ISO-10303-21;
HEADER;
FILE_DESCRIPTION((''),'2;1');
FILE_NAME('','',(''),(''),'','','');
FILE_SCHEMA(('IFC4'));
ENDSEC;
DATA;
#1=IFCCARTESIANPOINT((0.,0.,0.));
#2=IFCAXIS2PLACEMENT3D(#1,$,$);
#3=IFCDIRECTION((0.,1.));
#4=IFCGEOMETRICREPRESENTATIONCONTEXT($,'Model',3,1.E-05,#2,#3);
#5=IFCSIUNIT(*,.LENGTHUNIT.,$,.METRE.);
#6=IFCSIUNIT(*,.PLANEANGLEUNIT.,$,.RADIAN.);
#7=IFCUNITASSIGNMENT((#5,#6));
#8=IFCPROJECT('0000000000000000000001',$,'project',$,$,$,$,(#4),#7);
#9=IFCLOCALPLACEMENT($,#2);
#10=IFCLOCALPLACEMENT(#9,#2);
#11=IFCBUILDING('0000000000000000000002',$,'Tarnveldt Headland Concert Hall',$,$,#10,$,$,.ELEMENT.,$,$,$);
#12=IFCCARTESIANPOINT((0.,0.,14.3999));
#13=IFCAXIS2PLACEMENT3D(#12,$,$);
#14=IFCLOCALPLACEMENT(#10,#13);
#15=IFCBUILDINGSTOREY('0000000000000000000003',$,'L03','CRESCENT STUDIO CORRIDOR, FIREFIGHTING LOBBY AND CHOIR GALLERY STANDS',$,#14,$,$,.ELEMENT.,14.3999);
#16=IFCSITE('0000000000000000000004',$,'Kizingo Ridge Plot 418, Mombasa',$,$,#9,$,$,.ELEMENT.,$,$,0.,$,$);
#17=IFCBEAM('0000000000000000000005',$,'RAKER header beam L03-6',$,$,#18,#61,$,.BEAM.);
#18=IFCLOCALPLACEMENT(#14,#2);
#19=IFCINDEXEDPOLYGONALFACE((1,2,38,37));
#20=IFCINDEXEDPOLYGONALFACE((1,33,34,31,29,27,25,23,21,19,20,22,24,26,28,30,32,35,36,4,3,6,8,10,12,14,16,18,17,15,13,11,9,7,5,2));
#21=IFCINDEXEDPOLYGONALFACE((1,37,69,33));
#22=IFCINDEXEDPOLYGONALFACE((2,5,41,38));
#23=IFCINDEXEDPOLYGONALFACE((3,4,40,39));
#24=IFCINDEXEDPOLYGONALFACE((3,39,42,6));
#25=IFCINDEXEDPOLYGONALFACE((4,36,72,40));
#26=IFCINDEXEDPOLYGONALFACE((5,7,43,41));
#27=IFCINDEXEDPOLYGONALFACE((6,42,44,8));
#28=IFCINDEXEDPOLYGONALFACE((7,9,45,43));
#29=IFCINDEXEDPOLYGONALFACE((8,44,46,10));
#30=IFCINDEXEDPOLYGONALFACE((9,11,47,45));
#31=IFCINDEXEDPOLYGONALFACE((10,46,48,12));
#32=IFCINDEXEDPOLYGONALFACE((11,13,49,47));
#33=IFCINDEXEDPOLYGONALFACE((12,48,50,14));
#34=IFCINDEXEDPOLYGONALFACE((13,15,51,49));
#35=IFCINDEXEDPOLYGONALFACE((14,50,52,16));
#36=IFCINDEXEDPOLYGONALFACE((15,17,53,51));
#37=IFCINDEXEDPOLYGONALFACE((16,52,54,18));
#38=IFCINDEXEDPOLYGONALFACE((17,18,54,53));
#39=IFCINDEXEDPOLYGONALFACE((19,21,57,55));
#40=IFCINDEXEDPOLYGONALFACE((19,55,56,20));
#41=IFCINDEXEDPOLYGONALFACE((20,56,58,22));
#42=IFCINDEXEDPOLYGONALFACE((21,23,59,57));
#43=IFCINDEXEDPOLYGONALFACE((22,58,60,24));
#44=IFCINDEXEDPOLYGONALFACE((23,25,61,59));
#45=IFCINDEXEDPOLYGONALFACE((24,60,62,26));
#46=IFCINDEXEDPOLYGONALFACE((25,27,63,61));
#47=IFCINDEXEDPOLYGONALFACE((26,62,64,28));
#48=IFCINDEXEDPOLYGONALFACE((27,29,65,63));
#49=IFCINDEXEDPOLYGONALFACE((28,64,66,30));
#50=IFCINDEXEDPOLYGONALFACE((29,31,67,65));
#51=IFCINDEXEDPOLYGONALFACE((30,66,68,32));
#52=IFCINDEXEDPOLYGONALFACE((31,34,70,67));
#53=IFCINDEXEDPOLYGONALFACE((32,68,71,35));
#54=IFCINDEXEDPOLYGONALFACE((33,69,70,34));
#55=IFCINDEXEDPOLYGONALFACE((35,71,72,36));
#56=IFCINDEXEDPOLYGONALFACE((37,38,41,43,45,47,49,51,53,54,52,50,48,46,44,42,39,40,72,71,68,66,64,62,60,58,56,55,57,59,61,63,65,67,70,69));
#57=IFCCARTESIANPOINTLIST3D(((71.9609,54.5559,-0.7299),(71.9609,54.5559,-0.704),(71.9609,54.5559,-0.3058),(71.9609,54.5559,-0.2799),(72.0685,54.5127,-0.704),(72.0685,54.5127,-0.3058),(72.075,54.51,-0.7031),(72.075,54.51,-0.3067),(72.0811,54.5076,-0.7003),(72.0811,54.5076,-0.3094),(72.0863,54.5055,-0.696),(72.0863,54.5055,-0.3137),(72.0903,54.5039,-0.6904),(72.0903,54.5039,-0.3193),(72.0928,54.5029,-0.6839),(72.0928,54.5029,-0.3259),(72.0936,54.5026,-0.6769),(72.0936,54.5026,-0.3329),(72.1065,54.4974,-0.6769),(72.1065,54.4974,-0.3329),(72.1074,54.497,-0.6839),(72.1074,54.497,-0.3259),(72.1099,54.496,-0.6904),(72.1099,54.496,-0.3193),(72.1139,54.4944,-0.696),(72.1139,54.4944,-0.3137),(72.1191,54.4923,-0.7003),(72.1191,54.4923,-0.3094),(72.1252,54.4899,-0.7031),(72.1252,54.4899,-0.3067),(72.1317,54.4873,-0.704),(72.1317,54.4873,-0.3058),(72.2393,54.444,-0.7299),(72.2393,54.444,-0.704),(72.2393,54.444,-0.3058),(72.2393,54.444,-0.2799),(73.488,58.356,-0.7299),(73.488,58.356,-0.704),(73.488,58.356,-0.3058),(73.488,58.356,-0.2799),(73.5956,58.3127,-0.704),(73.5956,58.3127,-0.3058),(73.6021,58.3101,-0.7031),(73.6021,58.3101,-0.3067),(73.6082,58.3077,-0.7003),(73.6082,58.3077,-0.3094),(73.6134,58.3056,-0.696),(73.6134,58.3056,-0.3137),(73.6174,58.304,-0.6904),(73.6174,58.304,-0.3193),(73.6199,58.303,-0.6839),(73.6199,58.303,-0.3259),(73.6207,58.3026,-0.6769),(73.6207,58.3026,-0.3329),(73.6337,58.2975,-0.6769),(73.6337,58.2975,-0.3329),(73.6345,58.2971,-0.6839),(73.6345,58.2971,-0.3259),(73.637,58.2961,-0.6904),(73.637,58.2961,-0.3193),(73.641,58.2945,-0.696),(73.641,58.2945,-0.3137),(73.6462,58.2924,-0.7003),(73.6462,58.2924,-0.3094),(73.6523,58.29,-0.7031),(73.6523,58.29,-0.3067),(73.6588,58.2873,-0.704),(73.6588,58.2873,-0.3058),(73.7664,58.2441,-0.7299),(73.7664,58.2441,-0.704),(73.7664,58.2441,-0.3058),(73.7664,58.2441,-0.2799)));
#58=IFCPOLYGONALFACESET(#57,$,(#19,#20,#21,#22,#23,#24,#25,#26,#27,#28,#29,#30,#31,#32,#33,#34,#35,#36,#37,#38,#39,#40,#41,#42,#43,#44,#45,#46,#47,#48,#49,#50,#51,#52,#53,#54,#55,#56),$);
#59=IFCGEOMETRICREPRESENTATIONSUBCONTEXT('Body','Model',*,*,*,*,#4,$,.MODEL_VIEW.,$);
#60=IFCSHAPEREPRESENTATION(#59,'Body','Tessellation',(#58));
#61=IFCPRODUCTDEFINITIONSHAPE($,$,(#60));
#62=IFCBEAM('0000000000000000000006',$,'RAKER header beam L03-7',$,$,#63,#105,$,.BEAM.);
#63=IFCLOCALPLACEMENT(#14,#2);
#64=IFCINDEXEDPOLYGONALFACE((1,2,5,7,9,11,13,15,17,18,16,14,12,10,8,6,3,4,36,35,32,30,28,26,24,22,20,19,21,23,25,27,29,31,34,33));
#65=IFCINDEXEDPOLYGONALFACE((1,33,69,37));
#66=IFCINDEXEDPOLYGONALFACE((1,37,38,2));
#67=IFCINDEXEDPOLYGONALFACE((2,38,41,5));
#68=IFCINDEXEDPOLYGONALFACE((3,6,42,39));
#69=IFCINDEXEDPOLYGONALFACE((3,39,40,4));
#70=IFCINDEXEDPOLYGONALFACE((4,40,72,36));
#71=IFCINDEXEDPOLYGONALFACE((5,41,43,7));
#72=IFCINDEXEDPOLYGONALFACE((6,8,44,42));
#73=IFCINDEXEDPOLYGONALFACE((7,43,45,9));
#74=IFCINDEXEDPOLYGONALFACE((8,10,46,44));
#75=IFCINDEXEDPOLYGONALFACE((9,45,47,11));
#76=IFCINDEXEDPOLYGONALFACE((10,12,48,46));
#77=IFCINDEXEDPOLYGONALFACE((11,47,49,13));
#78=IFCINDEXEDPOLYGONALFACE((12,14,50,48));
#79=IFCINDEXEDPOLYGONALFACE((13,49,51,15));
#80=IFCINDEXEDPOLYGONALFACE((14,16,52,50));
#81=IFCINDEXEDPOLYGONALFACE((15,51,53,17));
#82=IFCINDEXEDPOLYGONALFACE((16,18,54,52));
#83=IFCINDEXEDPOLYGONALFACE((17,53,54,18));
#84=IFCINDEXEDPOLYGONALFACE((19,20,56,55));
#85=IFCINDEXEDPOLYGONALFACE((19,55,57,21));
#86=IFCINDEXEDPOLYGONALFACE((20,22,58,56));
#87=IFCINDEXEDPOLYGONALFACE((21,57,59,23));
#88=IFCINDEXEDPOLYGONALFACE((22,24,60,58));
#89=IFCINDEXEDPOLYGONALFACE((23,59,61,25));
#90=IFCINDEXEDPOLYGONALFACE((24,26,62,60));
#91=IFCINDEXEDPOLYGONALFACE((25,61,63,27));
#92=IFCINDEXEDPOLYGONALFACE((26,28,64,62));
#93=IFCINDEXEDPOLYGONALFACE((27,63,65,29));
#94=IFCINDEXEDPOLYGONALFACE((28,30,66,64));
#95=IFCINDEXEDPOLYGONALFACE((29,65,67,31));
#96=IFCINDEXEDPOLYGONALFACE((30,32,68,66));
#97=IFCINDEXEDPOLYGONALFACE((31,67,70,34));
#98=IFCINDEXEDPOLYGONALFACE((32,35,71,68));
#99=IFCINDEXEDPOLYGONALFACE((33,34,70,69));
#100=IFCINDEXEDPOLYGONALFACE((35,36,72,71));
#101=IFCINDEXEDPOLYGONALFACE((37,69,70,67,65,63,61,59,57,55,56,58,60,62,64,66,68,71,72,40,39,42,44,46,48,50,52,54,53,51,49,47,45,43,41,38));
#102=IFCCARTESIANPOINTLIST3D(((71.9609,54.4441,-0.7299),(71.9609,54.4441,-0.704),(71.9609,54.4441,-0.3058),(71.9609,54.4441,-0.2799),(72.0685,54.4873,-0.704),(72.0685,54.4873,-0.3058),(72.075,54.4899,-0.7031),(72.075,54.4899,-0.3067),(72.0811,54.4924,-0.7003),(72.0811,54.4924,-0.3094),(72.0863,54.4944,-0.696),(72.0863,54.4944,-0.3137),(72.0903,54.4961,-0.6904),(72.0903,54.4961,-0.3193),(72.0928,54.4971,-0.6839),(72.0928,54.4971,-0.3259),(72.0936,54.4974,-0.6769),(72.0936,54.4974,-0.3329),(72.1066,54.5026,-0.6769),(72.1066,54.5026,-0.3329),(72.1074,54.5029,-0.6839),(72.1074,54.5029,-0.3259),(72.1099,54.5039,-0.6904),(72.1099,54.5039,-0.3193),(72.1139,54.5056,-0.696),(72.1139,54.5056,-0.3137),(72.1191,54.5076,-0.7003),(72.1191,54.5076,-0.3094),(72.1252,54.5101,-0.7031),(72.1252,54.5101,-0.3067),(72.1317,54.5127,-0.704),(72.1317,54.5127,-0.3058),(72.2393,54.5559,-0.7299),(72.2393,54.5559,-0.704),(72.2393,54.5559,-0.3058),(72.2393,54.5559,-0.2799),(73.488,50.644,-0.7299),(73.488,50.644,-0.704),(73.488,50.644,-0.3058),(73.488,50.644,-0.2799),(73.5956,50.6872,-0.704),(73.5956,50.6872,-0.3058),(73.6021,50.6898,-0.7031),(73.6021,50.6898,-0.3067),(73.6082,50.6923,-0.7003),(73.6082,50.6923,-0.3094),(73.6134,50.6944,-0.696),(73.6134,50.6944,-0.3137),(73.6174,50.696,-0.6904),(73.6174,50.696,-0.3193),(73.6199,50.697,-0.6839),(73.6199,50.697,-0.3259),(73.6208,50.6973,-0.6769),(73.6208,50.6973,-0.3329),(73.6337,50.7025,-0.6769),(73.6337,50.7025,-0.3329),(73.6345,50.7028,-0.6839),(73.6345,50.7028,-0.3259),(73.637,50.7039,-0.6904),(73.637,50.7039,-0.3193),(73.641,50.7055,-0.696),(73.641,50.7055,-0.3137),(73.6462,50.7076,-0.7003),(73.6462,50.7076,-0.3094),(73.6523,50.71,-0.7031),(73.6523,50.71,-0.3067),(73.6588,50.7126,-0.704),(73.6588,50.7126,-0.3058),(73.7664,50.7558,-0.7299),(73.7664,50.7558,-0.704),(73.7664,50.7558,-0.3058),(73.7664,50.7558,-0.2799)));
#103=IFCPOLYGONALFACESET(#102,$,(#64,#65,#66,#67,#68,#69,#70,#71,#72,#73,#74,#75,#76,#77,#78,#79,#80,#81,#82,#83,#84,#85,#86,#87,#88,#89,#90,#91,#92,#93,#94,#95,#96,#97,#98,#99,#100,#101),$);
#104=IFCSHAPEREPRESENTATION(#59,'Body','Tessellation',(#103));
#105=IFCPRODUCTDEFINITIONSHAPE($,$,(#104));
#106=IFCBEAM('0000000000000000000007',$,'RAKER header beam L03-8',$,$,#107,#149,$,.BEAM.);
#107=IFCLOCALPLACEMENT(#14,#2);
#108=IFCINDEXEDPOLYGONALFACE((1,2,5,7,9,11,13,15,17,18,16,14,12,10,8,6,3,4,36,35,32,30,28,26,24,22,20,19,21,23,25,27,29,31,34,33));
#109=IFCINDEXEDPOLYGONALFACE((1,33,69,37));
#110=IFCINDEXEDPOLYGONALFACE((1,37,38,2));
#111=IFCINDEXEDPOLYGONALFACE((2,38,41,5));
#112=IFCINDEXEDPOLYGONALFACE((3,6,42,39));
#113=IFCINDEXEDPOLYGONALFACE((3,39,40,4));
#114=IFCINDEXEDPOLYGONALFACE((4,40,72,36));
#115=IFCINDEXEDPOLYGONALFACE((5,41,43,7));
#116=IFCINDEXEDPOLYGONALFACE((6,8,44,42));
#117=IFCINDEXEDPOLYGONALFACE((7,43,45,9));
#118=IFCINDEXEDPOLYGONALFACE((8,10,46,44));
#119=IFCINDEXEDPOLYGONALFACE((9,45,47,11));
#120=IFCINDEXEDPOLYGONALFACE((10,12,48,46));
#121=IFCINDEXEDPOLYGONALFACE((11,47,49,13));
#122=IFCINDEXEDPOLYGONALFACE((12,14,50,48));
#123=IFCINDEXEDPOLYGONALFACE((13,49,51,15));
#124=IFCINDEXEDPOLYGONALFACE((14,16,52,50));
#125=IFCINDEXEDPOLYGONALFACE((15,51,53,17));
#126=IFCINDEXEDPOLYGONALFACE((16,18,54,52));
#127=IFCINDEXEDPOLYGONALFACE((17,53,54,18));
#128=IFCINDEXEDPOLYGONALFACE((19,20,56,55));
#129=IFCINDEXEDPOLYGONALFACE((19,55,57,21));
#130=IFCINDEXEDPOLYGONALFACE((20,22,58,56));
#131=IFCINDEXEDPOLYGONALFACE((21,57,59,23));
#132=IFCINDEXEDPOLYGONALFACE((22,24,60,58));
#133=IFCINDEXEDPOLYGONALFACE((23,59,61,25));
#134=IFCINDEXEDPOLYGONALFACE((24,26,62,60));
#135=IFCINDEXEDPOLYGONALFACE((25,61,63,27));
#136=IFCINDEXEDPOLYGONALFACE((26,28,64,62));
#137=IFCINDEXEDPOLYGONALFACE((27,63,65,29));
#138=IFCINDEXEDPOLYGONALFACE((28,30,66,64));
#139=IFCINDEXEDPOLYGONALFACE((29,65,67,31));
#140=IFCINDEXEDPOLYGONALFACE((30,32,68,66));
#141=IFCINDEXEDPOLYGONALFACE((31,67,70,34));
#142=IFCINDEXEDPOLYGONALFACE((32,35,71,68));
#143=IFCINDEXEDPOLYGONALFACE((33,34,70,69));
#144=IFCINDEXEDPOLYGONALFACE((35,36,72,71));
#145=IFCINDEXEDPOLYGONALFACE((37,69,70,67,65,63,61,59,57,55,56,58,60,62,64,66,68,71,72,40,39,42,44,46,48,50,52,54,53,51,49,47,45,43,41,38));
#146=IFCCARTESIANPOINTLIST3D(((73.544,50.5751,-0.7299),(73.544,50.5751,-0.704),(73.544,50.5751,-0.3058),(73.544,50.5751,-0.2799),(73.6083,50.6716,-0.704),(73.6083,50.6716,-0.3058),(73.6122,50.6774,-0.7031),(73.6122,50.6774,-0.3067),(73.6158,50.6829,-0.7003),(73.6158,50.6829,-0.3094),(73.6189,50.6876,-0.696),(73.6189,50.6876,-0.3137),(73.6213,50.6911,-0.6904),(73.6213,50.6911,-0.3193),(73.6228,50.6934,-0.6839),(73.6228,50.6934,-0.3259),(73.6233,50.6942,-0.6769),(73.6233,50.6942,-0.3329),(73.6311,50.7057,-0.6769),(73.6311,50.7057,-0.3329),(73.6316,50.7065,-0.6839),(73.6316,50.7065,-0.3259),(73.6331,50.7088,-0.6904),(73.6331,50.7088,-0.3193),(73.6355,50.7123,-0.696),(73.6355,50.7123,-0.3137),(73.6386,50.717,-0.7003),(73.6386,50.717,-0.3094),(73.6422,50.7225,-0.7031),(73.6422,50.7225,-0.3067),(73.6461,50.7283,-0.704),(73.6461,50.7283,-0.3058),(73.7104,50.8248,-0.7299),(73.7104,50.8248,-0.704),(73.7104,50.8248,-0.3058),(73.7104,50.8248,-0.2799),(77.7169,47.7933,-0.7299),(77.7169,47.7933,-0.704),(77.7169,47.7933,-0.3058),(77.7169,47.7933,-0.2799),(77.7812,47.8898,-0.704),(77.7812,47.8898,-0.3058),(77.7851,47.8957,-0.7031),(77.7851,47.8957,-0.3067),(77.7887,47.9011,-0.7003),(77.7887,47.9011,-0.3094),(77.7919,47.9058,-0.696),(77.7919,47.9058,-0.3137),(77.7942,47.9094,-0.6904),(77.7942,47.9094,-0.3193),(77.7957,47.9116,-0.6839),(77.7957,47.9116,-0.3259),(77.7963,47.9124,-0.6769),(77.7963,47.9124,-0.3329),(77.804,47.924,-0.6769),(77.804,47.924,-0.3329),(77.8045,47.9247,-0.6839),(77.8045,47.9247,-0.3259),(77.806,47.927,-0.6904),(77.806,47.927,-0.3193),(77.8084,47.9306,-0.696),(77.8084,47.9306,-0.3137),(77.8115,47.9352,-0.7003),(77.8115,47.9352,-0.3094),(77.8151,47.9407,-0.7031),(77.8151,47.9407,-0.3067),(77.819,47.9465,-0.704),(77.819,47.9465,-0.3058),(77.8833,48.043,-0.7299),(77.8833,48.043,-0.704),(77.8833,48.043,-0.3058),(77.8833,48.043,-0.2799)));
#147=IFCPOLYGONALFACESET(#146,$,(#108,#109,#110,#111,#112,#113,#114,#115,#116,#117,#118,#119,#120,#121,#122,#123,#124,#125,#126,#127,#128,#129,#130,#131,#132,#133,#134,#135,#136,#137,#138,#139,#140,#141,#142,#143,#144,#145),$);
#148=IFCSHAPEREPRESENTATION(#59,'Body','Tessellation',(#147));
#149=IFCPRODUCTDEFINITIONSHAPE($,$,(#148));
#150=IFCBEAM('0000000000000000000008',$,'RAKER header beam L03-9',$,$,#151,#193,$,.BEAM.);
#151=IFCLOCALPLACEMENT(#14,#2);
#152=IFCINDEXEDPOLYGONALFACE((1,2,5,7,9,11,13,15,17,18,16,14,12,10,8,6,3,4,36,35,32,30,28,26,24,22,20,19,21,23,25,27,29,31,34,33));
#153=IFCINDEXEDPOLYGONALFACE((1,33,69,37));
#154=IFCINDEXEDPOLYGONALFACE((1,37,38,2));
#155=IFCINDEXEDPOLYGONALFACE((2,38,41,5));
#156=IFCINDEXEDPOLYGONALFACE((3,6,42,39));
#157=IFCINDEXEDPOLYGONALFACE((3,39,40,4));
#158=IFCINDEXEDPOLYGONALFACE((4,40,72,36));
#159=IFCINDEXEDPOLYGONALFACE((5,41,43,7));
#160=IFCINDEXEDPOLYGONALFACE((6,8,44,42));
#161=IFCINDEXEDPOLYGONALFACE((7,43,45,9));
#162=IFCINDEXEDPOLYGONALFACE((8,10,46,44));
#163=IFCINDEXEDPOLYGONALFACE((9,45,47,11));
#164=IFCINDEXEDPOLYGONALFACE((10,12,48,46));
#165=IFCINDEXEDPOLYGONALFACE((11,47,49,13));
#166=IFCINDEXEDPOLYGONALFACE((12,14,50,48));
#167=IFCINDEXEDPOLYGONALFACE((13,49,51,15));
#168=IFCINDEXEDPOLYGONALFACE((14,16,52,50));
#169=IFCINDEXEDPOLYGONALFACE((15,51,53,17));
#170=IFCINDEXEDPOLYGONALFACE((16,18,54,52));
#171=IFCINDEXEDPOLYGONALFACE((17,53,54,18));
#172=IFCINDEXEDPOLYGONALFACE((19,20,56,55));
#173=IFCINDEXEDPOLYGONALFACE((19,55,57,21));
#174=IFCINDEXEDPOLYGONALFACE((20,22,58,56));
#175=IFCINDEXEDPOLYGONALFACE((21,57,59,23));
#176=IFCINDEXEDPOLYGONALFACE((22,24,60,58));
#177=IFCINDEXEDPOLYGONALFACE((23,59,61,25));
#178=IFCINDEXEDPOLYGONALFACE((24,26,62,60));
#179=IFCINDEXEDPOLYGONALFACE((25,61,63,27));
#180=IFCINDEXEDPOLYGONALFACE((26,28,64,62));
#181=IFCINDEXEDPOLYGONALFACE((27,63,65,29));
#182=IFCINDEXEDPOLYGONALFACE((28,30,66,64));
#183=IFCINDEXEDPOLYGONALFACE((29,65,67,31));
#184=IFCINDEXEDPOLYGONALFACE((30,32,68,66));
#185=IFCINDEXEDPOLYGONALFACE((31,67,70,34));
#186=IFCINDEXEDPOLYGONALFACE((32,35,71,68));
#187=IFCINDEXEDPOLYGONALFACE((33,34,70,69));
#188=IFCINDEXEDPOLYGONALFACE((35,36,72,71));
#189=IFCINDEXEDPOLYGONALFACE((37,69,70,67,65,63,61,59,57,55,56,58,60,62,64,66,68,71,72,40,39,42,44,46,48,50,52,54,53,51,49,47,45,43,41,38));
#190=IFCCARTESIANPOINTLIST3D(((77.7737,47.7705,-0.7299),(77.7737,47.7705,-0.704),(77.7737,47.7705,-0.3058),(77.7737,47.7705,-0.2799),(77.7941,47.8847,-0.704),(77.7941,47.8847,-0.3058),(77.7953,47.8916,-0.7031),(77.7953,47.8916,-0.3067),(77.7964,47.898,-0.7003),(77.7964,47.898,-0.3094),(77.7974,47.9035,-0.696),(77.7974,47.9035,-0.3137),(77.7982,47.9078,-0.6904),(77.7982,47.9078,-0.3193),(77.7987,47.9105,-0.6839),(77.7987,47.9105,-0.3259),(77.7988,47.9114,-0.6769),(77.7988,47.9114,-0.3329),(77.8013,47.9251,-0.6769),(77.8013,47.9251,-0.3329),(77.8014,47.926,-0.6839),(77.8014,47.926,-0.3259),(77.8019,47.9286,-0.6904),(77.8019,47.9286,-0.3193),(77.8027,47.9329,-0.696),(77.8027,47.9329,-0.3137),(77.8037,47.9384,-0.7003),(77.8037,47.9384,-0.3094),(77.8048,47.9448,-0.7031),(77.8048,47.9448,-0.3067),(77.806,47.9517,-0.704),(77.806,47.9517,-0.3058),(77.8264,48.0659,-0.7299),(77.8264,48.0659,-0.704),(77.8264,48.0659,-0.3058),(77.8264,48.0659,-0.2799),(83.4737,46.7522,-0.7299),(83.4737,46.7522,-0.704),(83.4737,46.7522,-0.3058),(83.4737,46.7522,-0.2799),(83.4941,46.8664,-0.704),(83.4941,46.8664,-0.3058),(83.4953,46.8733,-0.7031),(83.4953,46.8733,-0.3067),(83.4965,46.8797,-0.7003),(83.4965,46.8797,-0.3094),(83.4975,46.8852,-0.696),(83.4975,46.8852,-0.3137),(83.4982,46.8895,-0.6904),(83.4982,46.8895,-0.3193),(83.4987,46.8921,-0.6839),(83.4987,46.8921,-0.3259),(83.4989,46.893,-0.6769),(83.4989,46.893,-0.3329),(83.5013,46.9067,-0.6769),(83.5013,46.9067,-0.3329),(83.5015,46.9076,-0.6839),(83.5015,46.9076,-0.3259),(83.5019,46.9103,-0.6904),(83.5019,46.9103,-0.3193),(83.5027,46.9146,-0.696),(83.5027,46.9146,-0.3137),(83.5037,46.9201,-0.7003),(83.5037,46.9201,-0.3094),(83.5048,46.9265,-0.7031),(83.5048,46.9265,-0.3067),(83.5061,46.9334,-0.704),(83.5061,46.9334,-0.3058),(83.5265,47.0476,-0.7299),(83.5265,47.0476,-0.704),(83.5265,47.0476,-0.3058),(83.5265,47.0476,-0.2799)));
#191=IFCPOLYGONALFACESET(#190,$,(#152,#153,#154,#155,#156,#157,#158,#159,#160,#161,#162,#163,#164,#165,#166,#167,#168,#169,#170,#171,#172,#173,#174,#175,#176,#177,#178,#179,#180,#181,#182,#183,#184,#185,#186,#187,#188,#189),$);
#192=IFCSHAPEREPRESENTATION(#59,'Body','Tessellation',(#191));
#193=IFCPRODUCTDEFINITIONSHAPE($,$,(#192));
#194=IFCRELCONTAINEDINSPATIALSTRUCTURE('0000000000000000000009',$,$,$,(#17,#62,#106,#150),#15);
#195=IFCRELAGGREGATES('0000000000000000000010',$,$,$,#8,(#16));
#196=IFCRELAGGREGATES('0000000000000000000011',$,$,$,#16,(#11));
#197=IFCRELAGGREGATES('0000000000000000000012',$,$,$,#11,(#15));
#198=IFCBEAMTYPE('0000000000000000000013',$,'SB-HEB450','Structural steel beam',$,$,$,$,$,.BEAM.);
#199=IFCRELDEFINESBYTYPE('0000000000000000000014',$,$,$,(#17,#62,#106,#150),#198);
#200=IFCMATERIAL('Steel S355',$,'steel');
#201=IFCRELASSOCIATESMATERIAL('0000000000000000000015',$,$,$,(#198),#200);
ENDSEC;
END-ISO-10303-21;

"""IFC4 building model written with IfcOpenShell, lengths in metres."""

from ifc_helpers import new_model, si_unit, direction, frame, origin, origin_2d, place, context, subcontext, project, spatial, i_section, extrude, material, material_profile, profile_set, type_object, element, save


model = new_model("IFC4")

# Units and contexts
model_context = context("Model", 3, precision=1e-05, world=origin(), true_north=direction((0.0, 1.0)))
body_context = subcontext(model_context, "Body", "Model", "MODEL_VIEW")
ifc_project = project(units=[si_unit("LENGTHUNIT", "METRE"), si_unit("PLANEANGLEUNIT", "RADIAN")], contexts=[model_context])

# Site, building, storey
site_placement = place(None, origin())
site = spatial("IfcSite", under=ifc_project, at=site_placement, Name="Kizingo Ridge Plot 418, Mombasa", CompositionType="ELEMENT", RefElevation=0.0)
building_placement = place(site_placement, origin())
building = spatial("IfcBuilding", under=site, at=building_placement, Name="Tarnveldt Headland Concert Hall", CompositionType="ELEMENT")
storey_placement = place(building_placement, frame((0.0, 0.0, 14.3999)))
storey = spatial("IfcBuildingStorey", under=building, at=storey_placement, Name="L03", Description="CRESCENT STUDIO CORRIDOR, FIREFIGHTING LOBBY AND CHOIR GALLERY STANDS", CompositionType="ELEMENT", Elevation=14.3999)

# Beams
ifc_material_1 = material(Name="Steel S355", Category="steel")
ifc_material_profile_1 = material_profile(ifc_material_1, i_section(OverallWidth=0.3, OverallDepth=0.45, WebThickness=0.0139, FlangeThickness=0.0259, FilletRadius=0.0271, at=origin_2d()), Name="HEB450", Category="steel")
ifc_profile_set_1 = profile_set([ifc_material_profile_1], Name="Steel S355")
beam_type = type_object("IfcBeamType", Name="SB-HEB450", Description="Structural steel beam", PredefinedType="BEAM", material=ifc_profile_set_1)
for number, where, z_axis, x_axis, name in (
    (1, (73.6272, 58.3, -0.5049), (-0.372881, -0.927879, 0.0), (0.927879, -0.372881, 0.0), "RAKER header beam L03-6"),
    (2, (72.1001, 54.5, -0.5049), (0.372881, -0.927879, 0.0), (0.927879, 0.372881, 0.0), "RAKER header beam L03-7"),
):
    element("IfcBeam", number, at=place(storey_placement, frame(where, z_axis=z_axis, x_axis=x_axis)), inside=storey, type_object=beam_type, Name=name, PredefinedType="BEAM", context=body_context, shape_type="SweptSolid", body=[
        extrude(i_section(OverallWidth=0.3, OverallDepth=0.45, WebThickness=0.0139, FlangeThickness=0.0259, FilletRadius=0.0271, at=origin_2d()), origin(), (0.0, 0.0, 1.0), 4.0955),
    ])
beam_1_placement = place(storey_placement, frame((73.6272, 50.7, -0.5049), z_axis=(0.832065, -0.554678, 0.0), x_axis=(0.554678, 0.832065, 0.0)))
element("IfcBeam", 3, at=beam_1_placement, inside=storey, type_object=beam_type, Name="RAKER header beam L03-8", PredefinedType="BEAM", context=body_context, shape_type="SweptSolid", body=[
    extrude(i_section(OverallWidth=0.3, OverallDepth=0.45, WebThickness=0.0139, FlangeThickness=0.0259, FilletRadius=0.0271, at=origin_2d()), origin(), (0.0, 0.0, 1.0), 5.0151),
])
for number, where, z_axis, x_axis, name in (
    (4, (77.8, 47.9182, -0.5049), (0.984414, -0.175868, 0.0), (0.175868, 0.984414, 0.0), "RAKER header beam L03-9"),
):
    element("IfcBeam", number, at=place(storey_placement, frame(where, z_axis=z_axis, x_axis=x_axis)), inside=storey, type_object=beam_type, Name=name, PredefinedType="BEAM", context=body_context, shape_type="SweptSolid", body=[
        extrude(i_section(OverallWidth=0.3, OverallDepth=0.45, WebThickness=0.0139, FlangeThickness=0.0259, FilletRadius=0.0271, at=origin_2d()), origin(), (0.0, 0.0, 1.0), 5.7903),
    ])

save(model, "model.ifc")
